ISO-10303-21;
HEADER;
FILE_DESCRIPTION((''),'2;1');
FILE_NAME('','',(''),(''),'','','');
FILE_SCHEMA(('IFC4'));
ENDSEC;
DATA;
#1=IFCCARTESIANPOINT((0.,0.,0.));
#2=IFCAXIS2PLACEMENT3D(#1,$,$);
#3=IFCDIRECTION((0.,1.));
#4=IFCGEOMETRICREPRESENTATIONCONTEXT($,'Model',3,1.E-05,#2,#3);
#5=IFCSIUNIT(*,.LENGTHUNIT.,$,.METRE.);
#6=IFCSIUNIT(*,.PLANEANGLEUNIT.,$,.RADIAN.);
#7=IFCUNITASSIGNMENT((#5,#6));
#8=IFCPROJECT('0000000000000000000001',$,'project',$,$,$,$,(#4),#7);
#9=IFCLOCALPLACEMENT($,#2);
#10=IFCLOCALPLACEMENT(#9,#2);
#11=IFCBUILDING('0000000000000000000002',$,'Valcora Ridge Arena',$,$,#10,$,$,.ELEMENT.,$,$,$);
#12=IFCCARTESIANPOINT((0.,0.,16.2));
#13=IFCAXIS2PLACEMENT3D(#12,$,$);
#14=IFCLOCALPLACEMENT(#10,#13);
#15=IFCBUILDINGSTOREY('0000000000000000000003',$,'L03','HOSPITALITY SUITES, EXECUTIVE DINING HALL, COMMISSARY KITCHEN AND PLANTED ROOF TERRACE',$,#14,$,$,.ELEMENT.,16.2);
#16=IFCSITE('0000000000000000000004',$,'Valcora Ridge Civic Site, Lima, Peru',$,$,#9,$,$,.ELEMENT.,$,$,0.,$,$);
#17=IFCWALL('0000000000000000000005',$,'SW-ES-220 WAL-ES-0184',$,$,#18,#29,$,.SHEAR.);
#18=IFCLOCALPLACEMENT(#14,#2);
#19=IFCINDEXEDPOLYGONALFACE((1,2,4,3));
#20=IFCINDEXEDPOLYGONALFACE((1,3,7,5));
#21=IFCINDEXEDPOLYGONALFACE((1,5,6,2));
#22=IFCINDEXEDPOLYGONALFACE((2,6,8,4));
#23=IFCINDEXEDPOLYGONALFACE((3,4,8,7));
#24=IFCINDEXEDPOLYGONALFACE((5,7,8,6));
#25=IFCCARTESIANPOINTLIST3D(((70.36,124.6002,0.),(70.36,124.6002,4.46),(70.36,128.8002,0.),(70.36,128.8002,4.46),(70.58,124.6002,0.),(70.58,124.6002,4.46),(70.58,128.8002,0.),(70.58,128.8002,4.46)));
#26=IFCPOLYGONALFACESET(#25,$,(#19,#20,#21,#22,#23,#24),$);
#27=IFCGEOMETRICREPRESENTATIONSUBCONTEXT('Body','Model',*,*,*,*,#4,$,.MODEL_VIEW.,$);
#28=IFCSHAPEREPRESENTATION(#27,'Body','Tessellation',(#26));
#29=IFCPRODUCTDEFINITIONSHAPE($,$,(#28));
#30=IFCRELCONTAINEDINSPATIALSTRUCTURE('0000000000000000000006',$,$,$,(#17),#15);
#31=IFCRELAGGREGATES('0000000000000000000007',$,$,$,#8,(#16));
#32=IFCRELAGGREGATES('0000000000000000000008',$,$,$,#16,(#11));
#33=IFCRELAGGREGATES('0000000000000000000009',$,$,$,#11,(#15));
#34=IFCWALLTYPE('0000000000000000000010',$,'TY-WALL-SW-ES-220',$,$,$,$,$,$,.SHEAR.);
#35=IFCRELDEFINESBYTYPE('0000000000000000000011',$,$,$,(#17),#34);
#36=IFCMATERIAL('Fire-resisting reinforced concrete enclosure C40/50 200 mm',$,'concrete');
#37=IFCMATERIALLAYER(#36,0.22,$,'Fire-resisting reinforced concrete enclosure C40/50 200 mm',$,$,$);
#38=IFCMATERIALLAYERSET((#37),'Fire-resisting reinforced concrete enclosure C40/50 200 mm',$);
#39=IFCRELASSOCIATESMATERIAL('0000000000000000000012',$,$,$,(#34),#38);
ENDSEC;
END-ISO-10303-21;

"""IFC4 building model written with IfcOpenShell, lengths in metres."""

from ifc_helpers import new_model, si_unit, direction, frame, frame_2d, origin, place, context, subcontext, project, spatial, rectangle, extrude, material, layer, layer_set, type_object, element, save


model = new_model("IFC4")

# Units and contexts
model_context = context("Model", 3, precision=1e-05, world=origin(), true_north=direction((0.0, 1.0)))
body_context = subcontext(model_context, "Body", "Model", "MODEL_VIEW")
ifc_project = project(units=[si_unit("LENGTHUNIT", "METRE"), si_unit("PLANEANGLEUNIT", "RADIAN")], contexts=[model_context])

# Site, building, storey
site_placement = place(None, origin())
site = spatial("IfcSite", under=ifc_project, at=site_placement, Name="Valcora Ridge Civic Site, Lima, Peru", CompositionType="ELEMENT", RefElevation=0.0)
building_placement = place(site_placement, origin())
building = spatial("IfcBuilding", under=site, at=building_placement, Name="Valcora Ridge Arena", CompositionType="ELEMENT")
storey_placement = place(building_placement, frame((0.0, 0.0, 16.2)))
storey = spatial("IfcBuildingStorey", under=building, at=storey_placement, Name="L03", Description="HOSPITALITY SUITES, EXECUTIVE DINING HALL, COMMISSARY KITCHEN AND PLANTED ROOF TERRACE", CompositionType="ELEMENT", Elevation=16.2)

# Shared definitions
ifc_material_1 = material(Name="Fire-resisting reinforced concrete enclosure C40/50 200 mm", Category="concrete")
ifc_layer_1 = layer(ifc_material_1, 0.22, Name="Fire-resisting reinforced concrete enclosure C40/50 200 mm")
ifc_layer_set_1 = layer_set([ifc_layer_1], Name="Fire-resisting reinforced concrete enclosure C40/50 200 mm")
wall_type_1 = type_object("IfcWallType", Name="TY-WALL-SW-ES-220", PredefinedType="SHEAR", material=ifc_layer_set_1)

# Wall
wall_1_placement = place(storey_placement, frame((70.47, 124.6001, 0.0), z_axis=(0.0, 0.0, 1.0), x_axis=(0.0, 1.0, 0.0)))
element("IfcWall", 1, at=wall_1_placement, inside=storey, type_object=wall_type_1, Name="SW-ES-220 WAL-ES-0184", PredefinedType="SHEAR", context=body_context, shape_type="SweptSolid", body=[
    extrude(rectangle(XDim=4.2, YDim=0.22, at=frame_2d((2.1001, 0.0))), origin(), (0.0, 0.0, 1.0), 4.46),
])

save(model, "model.ifc")
